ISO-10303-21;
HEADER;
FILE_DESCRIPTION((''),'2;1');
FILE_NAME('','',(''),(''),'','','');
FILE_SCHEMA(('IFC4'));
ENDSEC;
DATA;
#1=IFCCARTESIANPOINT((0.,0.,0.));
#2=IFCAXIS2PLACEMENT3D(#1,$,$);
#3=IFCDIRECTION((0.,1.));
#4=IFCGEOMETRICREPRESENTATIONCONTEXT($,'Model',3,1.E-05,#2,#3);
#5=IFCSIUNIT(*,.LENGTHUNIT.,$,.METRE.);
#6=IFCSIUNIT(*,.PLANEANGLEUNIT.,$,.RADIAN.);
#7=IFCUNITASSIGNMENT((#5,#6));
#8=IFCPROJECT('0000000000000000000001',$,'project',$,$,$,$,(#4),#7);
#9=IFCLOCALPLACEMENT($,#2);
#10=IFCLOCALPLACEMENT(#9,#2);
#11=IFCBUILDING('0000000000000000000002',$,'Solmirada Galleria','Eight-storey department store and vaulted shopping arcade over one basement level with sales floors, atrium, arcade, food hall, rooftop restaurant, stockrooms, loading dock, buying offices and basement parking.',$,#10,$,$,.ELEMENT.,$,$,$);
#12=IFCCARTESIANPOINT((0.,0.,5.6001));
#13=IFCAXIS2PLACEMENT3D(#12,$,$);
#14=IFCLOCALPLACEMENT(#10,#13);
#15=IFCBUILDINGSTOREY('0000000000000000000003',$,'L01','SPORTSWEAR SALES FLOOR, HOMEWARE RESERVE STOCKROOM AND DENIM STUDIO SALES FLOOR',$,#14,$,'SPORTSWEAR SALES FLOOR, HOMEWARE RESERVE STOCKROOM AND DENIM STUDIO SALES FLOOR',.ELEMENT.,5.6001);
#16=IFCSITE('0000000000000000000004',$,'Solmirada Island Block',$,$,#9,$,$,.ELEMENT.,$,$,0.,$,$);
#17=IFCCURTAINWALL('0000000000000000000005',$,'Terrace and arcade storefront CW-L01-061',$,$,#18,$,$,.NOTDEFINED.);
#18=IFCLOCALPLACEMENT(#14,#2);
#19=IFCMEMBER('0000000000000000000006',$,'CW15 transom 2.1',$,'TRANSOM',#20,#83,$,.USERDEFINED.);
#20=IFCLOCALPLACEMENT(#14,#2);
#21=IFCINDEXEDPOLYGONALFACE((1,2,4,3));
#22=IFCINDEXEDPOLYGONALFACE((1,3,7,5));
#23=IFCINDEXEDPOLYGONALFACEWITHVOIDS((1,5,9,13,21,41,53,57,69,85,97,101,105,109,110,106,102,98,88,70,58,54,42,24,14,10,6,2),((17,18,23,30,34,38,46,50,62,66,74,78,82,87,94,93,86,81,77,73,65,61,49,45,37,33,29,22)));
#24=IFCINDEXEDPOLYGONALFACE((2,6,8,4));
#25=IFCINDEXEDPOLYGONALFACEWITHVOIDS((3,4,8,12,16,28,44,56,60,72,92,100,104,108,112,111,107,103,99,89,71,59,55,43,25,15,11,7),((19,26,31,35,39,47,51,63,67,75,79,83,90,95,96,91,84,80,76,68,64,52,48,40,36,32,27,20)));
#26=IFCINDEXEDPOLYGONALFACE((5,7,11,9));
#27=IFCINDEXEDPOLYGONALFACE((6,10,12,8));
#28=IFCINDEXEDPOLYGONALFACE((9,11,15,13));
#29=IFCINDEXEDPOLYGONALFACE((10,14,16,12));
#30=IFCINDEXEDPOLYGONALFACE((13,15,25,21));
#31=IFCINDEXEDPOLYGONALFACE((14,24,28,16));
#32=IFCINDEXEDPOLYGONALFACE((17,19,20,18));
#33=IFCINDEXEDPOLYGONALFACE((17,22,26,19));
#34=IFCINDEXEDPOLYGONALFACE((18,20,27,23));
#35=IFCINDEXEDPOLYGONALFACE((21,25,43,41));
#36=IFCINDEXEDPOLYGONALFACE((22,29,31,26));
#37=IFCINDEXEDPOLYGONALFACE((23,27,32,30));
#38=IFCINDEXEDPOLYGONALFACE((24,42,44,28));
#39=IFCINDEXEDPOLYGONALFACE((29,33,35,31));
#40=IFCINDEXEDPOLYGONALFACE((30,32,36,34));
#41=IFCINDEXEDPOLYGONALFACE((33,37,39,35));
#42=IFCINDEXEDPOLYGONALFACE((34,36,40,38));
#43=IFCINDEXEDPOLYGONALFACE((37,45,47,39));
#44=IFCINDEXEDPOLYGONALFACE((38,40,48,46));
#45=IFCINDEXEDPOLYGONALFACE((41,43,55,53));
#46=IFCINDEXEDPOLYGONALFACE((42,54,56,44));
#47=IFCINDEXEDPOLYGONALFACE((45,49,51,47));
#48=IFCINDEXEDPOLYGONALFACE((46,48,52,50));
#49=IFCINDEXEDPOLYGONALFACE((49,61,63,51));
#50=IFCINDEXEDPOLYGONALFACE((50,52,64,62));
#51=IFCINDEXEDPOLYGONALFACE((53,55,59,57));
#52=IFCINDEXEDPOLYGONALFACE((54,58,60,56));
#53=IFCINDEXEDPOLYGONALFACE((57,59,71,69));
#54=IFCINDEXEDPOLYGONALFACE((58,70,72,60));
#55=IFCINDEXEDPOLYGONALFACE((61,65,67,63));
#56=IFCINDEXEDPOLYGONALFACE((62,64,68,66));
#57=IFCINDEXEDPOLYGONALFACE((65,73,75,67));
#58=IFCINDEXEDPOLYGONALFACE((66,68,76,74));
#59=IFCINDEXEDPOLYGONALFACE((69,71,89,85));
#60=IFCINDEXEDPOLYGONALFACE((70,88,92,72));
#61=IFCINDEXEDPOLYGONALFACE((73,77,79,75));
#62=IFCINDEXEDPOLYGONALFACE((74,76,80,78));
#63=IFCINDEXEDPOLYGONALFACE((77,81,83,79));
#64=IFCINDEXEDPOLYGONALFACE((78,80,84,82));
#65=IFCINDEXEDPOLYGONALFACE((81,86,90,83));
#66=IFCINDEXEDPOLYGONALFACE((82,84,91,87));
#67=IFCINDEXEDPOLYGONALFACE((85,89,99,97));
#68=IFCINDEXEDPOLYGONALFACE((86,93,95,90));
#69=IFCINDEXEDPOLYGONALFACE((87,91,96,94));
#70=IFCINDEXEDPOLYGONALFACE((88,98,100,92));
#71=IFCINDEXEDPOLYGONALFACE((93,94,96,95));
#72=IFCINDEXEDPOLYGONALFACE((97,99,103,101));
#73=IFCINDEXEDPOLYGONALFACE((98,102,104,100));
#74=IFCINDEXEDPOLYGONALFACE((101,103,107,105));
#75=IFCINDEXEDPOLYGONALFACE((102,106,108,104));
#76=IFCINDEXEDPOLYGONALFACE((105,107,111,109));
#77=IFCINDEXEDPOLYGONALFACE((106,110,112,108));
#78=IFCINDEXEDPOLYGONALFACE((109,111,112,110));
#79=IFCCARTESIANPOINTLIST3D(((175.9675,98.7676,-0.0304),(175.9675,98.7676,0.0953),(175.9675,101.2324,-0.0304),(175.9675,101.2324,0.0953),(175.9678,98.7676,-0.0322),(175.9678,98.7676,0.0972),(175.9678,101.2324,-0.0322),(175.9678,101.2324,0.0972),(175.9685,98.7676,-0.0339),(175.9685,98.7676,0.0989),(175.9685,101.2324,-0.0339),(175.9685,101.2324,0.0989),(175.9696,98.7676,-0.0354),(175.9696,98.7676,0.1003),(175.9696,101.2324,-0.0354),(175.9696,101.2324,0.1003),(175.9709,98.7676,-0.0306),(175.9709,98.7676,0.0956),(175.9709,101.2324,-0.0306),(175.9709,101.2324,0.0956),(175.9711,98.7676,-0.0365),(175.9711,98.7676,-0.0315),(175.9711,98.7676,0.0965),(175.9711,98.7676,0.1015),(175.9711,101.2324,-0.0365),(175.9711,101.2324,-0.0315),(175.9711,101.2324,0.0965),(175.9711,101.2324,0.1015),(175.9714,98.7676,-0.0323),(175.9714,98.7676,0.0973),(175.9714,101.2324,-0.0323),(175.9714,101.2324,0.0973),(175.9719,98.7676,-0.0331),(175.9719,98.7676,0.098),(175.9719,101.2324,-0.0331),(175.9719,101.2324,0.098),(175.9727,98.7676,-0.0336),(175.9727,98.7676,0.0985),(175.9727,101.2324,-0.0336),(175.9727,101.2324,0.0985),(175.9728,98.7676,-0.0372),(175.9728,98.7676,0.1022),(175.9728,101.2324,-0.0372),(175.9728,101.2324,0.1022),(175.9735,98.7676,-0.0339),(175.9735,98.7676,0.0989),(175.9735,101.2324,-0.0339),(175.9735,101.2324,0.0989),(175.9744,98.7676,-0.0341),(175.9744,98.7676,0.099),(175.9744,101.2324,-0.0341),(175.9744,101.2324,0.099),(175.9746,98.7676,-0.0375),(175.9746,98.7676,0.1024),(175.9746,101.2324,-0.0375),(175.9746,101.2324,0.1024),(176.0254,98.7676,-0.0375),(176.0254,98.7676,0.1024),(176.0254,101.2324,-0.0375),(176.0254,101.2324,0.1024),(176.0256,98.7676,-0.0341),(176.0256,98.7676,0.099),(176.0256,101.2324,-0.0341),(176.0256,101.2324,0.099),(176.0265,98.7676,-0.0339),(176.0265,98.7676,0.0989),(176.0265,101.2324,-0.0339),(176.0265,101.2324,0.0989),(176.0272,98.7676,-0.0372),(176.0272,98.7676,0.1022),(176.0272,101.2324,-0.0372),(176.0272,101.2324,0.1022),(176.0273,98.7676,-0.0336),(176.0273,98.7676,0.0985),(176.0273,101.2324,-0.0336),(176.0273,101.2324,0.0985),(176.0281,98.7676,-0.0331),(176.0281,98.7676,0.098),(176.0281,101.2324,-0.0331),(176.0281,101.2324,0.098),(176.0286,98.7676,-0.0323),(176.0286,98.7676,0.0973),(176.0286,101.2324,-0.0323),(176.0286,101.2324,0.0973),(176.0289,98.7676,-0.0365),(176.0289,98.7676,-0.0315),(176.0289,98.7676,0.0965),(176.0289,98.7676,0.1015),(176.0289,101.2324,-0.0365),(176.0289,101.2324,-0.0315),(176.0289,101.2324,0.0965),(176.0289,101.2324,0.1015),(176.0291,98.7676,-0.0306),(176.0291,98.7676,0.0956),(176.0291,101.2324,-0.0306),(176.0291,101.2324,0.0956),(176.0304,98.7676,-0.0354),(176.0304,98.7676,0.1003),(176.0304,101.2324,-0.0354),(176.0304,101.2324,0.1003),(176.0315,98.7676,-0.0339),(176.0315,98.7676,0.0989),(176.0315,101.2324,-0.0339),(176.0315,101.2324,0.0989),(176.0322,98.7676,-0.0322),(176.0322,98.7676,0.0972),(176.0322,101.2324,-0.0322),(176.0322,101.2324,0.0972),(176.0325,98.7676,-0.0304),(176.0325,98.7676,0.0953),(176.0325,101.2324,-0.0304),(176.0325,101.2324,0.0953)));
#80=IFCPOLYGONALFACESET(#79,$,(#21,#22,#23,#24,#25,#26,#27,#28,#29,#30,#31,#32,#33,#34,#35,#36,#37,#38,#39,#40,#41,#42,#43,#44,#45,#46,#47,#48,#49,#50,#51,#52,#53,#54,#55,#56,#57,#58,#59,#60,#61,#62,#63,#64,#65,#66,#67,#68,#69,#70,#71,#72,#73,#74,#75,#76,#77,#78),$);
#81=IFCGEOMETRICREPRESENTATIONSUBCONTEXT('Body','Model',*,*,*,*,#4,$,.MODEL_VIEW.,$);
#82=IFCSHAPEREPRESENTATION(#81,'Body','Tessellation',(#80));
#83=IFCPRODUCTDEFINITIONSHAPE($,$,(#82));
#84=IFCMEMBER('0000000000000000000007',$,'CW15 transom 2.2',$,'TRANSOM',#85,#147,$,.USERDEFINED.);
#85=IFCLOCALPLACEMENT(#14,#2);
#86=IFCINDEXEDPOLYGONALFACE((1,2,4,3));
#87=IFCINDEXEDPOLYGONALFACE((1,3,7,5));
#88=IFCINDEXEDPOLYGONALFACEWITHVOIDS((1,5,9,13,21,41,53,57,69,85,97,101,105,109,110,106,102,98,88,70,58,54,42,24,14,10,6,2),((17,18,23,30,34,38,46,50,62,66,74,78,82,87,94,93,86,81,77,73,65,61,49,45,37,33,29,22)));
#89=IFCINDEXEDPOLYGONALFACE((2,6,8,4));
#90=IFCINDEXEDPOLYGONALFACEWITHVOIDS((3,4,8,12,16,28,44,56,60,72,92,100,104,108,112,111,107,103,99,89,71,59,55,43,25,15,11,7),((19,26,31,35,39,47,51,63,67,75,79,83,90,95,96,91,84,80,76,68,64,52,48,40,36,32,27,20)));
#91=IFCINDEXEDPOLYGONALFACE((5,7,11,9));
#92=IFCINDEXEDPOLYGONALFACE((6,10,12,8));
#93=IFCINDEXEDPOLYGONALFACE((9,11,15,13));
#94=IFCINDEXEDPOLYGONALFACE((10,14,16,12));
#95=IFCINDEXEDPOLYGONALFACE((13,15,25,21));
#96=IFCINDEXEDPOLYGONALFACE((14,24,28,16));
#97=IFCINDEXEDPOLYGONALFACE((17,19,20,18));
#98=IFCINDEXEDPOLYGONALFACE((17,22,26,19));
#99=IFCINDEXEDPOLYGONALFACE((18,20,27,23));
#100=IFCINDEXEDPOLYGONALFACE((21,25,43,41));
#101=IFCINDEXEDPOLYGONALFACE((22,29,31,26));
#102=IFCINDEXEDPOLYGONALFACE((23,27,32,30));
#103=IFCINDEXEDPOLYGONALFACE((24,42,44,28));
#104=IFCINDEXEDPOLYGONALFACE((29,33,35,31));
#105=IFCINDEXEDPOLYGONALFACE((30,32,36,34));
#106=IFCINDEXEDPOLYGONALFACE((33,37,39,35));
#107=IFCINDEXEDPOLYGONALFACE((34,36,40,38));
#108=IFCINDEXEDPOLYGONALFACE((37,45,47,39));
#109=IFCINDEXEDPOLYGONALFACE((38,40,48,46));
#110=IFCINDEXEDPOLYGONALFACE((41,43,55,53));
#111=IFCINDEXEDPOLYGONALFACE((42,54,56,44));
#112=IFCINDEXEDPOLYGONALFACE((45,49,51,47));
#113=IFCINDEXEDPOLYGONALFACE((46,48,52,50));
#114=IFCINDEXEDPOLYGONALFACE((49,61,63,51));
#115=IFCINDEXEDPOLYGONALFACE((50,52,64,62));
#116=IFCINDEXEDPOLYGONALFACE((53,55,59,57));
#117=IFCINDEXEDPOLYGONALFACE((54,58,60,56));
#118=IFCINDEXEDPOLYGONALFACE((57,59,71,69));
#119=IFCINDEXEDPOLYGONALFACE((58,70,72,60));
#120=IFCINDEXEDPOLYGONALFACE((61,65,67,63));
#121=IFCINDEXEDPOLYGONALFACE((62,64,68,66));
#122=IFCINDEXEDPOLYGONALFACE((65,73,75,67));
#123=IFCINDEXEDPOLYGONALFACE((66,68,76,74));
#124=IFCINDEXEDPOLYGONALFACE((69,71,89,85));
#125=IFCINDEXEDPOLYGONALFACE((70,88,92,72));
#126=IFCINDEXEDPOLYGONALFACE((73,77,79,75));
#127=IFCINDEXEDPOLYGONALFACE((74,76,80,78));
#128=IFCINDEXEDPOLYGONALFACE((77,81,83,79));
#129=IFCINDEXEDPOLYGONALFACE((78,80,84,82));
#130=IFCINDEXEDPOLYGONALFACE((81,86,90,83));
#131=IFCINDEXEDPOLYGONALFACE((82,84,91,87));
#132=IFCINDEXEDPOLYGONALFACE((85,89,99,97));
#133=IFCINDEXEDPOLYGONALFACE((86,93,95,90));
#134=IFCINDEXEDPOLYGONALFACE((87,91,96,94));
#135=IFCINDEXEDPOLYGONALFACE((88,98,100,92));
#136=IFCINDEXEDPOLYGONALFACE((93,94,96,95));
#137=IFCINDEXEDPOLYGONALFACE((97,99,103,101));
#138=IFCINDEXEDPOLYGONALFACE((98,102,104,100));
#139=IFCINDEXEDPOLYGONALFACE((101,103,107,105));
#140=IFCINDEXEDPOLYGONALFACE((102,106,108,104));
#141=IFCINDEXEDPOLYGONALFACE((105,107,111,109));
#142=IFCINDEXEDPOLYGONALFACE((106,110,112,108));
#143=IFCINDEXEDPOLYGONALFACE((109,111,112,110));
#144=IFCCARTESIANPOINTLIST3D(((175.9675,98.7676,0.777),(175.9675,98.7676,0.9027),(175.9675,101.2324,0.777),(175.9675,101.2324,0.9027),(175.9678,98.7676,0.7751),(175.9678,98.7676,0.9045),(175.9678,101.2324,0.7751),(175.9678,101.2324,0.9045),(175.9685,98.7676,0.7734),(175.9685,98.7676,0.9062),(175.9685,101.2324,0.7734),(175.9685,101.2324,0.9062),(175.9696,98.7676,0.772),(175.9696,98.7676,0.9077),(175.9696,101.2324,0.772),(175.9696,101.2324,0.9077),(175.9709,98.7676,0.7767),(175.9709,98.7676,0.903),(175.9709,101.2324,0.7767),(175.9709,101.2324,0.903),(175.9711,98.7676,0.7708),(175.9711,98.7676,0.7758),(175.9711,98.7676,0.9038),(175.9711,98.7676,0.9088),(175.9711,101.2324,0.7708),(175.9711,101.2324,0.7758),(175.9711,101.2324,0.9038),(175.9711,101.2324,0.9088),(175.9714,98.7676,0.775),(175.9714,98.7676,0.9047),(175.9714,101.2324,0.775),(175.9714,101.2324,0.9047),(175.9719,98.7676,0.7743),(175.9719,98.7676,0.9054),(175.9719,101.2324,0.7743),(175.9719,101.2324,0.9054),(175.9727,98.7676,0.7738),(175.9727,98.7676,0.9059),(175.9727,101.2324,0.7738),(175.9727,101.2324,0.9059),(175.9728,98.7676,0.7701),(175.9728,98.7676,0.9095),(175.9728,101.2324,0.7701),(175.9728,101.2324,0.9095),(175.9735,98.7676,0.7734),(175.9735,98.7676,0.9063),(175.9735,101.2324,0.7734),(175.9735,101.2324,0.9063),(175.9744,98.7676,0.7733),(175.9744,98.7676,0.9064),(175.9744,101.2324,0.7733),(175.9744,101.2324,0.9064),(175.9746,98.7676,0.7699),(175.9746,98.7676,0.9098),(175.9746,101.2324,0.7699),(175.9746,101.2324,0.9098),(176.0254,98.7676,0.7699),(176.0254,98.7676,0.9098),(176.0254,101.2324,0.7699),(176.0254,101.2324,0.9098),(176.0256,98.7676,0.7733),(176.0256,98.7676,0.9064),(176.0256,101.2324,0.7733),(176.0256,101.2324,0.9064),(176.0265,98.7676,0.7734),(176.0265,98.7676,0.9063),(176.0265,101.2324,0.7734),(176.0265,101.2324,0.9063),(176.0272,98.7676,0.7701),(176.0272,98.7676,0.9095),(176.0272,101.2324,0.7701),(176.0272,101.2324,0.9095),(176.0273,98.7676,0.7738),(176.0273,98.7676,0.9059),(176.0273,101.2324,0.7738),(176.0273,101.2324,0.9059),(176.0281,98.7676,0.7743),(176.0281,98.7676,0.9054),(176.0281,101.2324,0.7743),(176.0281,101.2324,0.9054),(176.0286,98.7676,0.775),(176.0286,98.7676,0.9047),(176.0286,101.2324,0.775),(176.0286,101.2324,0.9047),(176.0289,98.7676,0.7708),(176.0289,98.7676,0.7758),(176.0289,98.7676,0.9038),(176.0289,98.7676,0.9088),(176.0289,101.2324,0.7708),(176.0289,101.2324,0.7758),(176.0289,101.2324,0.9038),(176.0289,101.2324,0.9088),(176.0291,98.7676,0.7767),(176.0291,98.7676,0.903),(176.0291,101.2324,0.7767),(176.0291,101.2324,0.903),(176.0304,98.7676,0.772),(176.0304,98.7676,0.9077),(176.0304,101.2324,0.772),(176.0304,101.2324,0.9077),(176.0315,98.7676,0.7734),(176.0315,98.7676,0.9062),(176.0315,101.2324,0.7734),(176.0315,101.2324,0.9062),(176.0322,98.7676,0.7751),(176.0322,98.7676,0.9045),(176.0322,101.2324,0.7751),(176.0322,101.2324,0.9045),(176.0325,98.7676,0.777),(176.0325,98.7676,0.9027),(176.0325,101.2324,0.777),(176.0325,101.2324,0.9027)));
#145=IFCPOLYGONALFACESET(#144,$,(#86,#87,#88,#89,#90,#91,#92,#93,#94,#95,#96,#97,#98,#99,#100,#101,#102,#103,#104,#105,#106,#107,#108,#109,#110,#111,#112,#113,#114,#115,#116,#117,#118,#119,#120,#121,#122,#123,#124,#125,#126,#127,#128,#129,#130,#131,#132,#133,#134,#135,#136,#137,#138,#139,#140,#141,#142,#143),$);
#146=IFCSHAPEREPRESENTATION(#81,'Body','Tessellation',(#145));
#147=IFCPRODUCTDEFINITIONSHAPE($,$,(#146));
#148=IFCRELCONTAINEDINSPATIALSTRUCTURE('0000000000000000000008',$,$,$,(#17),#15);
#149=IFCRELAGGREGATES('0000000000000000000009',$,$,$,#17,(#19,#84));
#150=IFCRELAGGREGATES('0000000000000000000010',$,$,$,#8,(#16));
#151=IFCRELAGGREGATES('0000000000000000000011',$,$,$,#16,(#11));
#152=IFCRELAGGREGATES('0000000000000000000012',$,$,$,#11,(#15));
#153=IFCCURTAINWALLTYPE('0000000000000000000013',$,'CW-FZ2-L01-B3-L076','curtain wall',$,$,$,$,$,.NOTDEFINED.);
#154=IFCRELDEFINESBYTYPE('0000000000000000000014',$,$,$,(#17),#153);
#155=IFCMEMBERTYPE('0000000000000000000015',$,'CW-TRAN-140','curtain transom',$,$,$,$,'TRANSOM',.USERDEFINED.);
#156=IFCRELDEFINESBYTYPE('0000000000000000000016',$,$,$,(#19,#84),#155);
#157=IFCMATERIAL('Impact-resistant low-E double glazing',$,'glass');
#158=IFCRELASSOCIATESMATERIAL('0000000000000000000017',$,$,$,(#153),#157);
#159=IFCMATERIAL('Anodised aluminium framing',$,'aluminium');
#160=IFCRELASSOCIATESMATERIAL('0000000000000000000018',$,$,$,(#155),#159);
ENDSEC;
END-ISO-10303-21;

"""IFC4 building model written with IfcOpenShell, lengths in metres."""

from ifc_helpers import new_model, si_unit, direction, frame, origin, origin_2d, place, context, subcontext, project, spatial, hollow_rectangle, extrude, material, material_profile, profile_set, type_object, element, aggregate, save


model = new_model("IFC4")

# Units and contexts
model_context = context("Model", 3, precision=1e-05, world=origin(), true_north=direction((0.0, 1.0)))
body_context = subcontext(model_context, "Body", "Model", "MODEL_VIEW")
ifc_project = project(units=[si_unit("LENGTHUNIT", "METRE"), si_unit("PLANEANGLEUNIT", "RADIAN")], contexts=[model_context])

# Site, building, storey
site_placement = place(None, origin())
site = spatial("IfcSite", under=ifc_project, at=site_placement, Name="Solmirada Island Block", CompositionType="ELEMENT", RefElevation=0.0)
building_placement = place(site_placement, origin())
building = spatial("IfcBuilding", under=site, at=building_placement, Name="Solmirada Galleria", Description="Eight-storey department store and vaulted shopping arcade over one basement level with sales floors, atrium, arcade, food hall, rooftop restaurant, stockrooms, loading dock, buying offices and basement parking.", CompositionType="ELEMENT")
storey_placement = place(building_placement, frame((0.0, 0.0, 5.6001)))
storey = spatial("IfcBuildingStorey", under=building, at=storey_placement, Name="L01", Description="SPORTSWEAR SALES FLOOR, HOMEWARE RESERVE STOCKROOM AND DENIM STUDIO SALES FLOOR", LongName="SPORTSWEAR SALES FLOOR, HOMEWARE RESERVE STOCKROOM AND DENIM STUDIO SALES FLOOR", CompositionType="ELEMENT", Elevation=5.6001)

# Curtain wall, members
ifc_material_1 = material(Name="Impact-resistant low-E double glazing", Category="glass")
curtain_wall_type = type_object("IfcCurtainWallType", Name="CW-FZ2-L01-B3-L076", Description="curtain wall", PredefinedType="NOTDEFINED", material=ifc_material_1)
curtain_wall_placement = place(storey_placement, origin())
curtain_wall = element("IfcCurtainWall", 1, at=curtain_wall_placement, inside=storey, type_object=curtain_wall_type, Name="Terrace and arcade storefront CW-L01-061", PredefinedType="NOTDEFINED")
ifc_material_2 = material(Name="Anodised aluminium framing", Category="aluminium")
ifc_material_profile_1 = material_profile(ifc_material_2, hollow_rectangle(XDim=0.0649, YDim=0.1399, WallThickness=0.0034, InnerFilletRadius=0.0034, OuterFilletRadius=0.0071, at=origin_2d()), Name="ALU-TRAN-140X65")
ifc_profile_set_1 = profile_set([ifc_material_profile_1], Name="Anodised aluminium framing")
member_type_1 = type_object("IfcMemberType", Name="CW-TRAN-140", Description="curtain transom", ElementType="TRANSOM", PredefinedType="USERDEFINED", material=ifc_profile_set_1)
member_1_placement = place(storey_placement, frame((176.0, 101.2324, 0.0325), z_axis=(0.0, -1.0, 0.0), x_axis=(1.0, 0.0, 0.0)))
member_1 = element("IfcMember", 2, at=member_1_placement, type_object=member_type_1, Name="CW15 transom 2.1", ObjectType="TRANSOM", PredefinedType="USERDEFINED", context=body_context, shape_type="SweptSolid", body=[
    extrude(hollow_rectangle(XDim=0.0649, YDim=0.1399, WallThickness=0.0034, InnerFilletRadius=0.0034, OuterFilletRadius=0.0071, at=origin_2d()), origin(), (0.0, 0.0, 1.0), 2.4648),
])
member_2_placement = place(storey_placement, frame((176.0, 101.2324, 0.8398), z_axis=(0.0, -1.0, 0.0), x_axis=(1.0, 0.0, 0.0)))
member_2 = element("IfcMember", 3, at=member_2_placement, type_object=member_type_1, Name="CW15 transom 2.2", ObjectType="TRANSOM", PredefinedType="USERDEFINED", context=body_context, shape_type="SweptSolid", body=[
    extrude(hollow_rectangle(XDim=0.0649, YDim=0.1399, WallThickness=0.0034, InnerFilletRadius=0.0034, OuterFilletRadius=0.0071, at=origin_2d()), origin(), (0.0, 0.0, 1.0), 2.4648),
])
aggregate(curtain_wall, [member_1, member_2])

save(model, "model.ifc")
